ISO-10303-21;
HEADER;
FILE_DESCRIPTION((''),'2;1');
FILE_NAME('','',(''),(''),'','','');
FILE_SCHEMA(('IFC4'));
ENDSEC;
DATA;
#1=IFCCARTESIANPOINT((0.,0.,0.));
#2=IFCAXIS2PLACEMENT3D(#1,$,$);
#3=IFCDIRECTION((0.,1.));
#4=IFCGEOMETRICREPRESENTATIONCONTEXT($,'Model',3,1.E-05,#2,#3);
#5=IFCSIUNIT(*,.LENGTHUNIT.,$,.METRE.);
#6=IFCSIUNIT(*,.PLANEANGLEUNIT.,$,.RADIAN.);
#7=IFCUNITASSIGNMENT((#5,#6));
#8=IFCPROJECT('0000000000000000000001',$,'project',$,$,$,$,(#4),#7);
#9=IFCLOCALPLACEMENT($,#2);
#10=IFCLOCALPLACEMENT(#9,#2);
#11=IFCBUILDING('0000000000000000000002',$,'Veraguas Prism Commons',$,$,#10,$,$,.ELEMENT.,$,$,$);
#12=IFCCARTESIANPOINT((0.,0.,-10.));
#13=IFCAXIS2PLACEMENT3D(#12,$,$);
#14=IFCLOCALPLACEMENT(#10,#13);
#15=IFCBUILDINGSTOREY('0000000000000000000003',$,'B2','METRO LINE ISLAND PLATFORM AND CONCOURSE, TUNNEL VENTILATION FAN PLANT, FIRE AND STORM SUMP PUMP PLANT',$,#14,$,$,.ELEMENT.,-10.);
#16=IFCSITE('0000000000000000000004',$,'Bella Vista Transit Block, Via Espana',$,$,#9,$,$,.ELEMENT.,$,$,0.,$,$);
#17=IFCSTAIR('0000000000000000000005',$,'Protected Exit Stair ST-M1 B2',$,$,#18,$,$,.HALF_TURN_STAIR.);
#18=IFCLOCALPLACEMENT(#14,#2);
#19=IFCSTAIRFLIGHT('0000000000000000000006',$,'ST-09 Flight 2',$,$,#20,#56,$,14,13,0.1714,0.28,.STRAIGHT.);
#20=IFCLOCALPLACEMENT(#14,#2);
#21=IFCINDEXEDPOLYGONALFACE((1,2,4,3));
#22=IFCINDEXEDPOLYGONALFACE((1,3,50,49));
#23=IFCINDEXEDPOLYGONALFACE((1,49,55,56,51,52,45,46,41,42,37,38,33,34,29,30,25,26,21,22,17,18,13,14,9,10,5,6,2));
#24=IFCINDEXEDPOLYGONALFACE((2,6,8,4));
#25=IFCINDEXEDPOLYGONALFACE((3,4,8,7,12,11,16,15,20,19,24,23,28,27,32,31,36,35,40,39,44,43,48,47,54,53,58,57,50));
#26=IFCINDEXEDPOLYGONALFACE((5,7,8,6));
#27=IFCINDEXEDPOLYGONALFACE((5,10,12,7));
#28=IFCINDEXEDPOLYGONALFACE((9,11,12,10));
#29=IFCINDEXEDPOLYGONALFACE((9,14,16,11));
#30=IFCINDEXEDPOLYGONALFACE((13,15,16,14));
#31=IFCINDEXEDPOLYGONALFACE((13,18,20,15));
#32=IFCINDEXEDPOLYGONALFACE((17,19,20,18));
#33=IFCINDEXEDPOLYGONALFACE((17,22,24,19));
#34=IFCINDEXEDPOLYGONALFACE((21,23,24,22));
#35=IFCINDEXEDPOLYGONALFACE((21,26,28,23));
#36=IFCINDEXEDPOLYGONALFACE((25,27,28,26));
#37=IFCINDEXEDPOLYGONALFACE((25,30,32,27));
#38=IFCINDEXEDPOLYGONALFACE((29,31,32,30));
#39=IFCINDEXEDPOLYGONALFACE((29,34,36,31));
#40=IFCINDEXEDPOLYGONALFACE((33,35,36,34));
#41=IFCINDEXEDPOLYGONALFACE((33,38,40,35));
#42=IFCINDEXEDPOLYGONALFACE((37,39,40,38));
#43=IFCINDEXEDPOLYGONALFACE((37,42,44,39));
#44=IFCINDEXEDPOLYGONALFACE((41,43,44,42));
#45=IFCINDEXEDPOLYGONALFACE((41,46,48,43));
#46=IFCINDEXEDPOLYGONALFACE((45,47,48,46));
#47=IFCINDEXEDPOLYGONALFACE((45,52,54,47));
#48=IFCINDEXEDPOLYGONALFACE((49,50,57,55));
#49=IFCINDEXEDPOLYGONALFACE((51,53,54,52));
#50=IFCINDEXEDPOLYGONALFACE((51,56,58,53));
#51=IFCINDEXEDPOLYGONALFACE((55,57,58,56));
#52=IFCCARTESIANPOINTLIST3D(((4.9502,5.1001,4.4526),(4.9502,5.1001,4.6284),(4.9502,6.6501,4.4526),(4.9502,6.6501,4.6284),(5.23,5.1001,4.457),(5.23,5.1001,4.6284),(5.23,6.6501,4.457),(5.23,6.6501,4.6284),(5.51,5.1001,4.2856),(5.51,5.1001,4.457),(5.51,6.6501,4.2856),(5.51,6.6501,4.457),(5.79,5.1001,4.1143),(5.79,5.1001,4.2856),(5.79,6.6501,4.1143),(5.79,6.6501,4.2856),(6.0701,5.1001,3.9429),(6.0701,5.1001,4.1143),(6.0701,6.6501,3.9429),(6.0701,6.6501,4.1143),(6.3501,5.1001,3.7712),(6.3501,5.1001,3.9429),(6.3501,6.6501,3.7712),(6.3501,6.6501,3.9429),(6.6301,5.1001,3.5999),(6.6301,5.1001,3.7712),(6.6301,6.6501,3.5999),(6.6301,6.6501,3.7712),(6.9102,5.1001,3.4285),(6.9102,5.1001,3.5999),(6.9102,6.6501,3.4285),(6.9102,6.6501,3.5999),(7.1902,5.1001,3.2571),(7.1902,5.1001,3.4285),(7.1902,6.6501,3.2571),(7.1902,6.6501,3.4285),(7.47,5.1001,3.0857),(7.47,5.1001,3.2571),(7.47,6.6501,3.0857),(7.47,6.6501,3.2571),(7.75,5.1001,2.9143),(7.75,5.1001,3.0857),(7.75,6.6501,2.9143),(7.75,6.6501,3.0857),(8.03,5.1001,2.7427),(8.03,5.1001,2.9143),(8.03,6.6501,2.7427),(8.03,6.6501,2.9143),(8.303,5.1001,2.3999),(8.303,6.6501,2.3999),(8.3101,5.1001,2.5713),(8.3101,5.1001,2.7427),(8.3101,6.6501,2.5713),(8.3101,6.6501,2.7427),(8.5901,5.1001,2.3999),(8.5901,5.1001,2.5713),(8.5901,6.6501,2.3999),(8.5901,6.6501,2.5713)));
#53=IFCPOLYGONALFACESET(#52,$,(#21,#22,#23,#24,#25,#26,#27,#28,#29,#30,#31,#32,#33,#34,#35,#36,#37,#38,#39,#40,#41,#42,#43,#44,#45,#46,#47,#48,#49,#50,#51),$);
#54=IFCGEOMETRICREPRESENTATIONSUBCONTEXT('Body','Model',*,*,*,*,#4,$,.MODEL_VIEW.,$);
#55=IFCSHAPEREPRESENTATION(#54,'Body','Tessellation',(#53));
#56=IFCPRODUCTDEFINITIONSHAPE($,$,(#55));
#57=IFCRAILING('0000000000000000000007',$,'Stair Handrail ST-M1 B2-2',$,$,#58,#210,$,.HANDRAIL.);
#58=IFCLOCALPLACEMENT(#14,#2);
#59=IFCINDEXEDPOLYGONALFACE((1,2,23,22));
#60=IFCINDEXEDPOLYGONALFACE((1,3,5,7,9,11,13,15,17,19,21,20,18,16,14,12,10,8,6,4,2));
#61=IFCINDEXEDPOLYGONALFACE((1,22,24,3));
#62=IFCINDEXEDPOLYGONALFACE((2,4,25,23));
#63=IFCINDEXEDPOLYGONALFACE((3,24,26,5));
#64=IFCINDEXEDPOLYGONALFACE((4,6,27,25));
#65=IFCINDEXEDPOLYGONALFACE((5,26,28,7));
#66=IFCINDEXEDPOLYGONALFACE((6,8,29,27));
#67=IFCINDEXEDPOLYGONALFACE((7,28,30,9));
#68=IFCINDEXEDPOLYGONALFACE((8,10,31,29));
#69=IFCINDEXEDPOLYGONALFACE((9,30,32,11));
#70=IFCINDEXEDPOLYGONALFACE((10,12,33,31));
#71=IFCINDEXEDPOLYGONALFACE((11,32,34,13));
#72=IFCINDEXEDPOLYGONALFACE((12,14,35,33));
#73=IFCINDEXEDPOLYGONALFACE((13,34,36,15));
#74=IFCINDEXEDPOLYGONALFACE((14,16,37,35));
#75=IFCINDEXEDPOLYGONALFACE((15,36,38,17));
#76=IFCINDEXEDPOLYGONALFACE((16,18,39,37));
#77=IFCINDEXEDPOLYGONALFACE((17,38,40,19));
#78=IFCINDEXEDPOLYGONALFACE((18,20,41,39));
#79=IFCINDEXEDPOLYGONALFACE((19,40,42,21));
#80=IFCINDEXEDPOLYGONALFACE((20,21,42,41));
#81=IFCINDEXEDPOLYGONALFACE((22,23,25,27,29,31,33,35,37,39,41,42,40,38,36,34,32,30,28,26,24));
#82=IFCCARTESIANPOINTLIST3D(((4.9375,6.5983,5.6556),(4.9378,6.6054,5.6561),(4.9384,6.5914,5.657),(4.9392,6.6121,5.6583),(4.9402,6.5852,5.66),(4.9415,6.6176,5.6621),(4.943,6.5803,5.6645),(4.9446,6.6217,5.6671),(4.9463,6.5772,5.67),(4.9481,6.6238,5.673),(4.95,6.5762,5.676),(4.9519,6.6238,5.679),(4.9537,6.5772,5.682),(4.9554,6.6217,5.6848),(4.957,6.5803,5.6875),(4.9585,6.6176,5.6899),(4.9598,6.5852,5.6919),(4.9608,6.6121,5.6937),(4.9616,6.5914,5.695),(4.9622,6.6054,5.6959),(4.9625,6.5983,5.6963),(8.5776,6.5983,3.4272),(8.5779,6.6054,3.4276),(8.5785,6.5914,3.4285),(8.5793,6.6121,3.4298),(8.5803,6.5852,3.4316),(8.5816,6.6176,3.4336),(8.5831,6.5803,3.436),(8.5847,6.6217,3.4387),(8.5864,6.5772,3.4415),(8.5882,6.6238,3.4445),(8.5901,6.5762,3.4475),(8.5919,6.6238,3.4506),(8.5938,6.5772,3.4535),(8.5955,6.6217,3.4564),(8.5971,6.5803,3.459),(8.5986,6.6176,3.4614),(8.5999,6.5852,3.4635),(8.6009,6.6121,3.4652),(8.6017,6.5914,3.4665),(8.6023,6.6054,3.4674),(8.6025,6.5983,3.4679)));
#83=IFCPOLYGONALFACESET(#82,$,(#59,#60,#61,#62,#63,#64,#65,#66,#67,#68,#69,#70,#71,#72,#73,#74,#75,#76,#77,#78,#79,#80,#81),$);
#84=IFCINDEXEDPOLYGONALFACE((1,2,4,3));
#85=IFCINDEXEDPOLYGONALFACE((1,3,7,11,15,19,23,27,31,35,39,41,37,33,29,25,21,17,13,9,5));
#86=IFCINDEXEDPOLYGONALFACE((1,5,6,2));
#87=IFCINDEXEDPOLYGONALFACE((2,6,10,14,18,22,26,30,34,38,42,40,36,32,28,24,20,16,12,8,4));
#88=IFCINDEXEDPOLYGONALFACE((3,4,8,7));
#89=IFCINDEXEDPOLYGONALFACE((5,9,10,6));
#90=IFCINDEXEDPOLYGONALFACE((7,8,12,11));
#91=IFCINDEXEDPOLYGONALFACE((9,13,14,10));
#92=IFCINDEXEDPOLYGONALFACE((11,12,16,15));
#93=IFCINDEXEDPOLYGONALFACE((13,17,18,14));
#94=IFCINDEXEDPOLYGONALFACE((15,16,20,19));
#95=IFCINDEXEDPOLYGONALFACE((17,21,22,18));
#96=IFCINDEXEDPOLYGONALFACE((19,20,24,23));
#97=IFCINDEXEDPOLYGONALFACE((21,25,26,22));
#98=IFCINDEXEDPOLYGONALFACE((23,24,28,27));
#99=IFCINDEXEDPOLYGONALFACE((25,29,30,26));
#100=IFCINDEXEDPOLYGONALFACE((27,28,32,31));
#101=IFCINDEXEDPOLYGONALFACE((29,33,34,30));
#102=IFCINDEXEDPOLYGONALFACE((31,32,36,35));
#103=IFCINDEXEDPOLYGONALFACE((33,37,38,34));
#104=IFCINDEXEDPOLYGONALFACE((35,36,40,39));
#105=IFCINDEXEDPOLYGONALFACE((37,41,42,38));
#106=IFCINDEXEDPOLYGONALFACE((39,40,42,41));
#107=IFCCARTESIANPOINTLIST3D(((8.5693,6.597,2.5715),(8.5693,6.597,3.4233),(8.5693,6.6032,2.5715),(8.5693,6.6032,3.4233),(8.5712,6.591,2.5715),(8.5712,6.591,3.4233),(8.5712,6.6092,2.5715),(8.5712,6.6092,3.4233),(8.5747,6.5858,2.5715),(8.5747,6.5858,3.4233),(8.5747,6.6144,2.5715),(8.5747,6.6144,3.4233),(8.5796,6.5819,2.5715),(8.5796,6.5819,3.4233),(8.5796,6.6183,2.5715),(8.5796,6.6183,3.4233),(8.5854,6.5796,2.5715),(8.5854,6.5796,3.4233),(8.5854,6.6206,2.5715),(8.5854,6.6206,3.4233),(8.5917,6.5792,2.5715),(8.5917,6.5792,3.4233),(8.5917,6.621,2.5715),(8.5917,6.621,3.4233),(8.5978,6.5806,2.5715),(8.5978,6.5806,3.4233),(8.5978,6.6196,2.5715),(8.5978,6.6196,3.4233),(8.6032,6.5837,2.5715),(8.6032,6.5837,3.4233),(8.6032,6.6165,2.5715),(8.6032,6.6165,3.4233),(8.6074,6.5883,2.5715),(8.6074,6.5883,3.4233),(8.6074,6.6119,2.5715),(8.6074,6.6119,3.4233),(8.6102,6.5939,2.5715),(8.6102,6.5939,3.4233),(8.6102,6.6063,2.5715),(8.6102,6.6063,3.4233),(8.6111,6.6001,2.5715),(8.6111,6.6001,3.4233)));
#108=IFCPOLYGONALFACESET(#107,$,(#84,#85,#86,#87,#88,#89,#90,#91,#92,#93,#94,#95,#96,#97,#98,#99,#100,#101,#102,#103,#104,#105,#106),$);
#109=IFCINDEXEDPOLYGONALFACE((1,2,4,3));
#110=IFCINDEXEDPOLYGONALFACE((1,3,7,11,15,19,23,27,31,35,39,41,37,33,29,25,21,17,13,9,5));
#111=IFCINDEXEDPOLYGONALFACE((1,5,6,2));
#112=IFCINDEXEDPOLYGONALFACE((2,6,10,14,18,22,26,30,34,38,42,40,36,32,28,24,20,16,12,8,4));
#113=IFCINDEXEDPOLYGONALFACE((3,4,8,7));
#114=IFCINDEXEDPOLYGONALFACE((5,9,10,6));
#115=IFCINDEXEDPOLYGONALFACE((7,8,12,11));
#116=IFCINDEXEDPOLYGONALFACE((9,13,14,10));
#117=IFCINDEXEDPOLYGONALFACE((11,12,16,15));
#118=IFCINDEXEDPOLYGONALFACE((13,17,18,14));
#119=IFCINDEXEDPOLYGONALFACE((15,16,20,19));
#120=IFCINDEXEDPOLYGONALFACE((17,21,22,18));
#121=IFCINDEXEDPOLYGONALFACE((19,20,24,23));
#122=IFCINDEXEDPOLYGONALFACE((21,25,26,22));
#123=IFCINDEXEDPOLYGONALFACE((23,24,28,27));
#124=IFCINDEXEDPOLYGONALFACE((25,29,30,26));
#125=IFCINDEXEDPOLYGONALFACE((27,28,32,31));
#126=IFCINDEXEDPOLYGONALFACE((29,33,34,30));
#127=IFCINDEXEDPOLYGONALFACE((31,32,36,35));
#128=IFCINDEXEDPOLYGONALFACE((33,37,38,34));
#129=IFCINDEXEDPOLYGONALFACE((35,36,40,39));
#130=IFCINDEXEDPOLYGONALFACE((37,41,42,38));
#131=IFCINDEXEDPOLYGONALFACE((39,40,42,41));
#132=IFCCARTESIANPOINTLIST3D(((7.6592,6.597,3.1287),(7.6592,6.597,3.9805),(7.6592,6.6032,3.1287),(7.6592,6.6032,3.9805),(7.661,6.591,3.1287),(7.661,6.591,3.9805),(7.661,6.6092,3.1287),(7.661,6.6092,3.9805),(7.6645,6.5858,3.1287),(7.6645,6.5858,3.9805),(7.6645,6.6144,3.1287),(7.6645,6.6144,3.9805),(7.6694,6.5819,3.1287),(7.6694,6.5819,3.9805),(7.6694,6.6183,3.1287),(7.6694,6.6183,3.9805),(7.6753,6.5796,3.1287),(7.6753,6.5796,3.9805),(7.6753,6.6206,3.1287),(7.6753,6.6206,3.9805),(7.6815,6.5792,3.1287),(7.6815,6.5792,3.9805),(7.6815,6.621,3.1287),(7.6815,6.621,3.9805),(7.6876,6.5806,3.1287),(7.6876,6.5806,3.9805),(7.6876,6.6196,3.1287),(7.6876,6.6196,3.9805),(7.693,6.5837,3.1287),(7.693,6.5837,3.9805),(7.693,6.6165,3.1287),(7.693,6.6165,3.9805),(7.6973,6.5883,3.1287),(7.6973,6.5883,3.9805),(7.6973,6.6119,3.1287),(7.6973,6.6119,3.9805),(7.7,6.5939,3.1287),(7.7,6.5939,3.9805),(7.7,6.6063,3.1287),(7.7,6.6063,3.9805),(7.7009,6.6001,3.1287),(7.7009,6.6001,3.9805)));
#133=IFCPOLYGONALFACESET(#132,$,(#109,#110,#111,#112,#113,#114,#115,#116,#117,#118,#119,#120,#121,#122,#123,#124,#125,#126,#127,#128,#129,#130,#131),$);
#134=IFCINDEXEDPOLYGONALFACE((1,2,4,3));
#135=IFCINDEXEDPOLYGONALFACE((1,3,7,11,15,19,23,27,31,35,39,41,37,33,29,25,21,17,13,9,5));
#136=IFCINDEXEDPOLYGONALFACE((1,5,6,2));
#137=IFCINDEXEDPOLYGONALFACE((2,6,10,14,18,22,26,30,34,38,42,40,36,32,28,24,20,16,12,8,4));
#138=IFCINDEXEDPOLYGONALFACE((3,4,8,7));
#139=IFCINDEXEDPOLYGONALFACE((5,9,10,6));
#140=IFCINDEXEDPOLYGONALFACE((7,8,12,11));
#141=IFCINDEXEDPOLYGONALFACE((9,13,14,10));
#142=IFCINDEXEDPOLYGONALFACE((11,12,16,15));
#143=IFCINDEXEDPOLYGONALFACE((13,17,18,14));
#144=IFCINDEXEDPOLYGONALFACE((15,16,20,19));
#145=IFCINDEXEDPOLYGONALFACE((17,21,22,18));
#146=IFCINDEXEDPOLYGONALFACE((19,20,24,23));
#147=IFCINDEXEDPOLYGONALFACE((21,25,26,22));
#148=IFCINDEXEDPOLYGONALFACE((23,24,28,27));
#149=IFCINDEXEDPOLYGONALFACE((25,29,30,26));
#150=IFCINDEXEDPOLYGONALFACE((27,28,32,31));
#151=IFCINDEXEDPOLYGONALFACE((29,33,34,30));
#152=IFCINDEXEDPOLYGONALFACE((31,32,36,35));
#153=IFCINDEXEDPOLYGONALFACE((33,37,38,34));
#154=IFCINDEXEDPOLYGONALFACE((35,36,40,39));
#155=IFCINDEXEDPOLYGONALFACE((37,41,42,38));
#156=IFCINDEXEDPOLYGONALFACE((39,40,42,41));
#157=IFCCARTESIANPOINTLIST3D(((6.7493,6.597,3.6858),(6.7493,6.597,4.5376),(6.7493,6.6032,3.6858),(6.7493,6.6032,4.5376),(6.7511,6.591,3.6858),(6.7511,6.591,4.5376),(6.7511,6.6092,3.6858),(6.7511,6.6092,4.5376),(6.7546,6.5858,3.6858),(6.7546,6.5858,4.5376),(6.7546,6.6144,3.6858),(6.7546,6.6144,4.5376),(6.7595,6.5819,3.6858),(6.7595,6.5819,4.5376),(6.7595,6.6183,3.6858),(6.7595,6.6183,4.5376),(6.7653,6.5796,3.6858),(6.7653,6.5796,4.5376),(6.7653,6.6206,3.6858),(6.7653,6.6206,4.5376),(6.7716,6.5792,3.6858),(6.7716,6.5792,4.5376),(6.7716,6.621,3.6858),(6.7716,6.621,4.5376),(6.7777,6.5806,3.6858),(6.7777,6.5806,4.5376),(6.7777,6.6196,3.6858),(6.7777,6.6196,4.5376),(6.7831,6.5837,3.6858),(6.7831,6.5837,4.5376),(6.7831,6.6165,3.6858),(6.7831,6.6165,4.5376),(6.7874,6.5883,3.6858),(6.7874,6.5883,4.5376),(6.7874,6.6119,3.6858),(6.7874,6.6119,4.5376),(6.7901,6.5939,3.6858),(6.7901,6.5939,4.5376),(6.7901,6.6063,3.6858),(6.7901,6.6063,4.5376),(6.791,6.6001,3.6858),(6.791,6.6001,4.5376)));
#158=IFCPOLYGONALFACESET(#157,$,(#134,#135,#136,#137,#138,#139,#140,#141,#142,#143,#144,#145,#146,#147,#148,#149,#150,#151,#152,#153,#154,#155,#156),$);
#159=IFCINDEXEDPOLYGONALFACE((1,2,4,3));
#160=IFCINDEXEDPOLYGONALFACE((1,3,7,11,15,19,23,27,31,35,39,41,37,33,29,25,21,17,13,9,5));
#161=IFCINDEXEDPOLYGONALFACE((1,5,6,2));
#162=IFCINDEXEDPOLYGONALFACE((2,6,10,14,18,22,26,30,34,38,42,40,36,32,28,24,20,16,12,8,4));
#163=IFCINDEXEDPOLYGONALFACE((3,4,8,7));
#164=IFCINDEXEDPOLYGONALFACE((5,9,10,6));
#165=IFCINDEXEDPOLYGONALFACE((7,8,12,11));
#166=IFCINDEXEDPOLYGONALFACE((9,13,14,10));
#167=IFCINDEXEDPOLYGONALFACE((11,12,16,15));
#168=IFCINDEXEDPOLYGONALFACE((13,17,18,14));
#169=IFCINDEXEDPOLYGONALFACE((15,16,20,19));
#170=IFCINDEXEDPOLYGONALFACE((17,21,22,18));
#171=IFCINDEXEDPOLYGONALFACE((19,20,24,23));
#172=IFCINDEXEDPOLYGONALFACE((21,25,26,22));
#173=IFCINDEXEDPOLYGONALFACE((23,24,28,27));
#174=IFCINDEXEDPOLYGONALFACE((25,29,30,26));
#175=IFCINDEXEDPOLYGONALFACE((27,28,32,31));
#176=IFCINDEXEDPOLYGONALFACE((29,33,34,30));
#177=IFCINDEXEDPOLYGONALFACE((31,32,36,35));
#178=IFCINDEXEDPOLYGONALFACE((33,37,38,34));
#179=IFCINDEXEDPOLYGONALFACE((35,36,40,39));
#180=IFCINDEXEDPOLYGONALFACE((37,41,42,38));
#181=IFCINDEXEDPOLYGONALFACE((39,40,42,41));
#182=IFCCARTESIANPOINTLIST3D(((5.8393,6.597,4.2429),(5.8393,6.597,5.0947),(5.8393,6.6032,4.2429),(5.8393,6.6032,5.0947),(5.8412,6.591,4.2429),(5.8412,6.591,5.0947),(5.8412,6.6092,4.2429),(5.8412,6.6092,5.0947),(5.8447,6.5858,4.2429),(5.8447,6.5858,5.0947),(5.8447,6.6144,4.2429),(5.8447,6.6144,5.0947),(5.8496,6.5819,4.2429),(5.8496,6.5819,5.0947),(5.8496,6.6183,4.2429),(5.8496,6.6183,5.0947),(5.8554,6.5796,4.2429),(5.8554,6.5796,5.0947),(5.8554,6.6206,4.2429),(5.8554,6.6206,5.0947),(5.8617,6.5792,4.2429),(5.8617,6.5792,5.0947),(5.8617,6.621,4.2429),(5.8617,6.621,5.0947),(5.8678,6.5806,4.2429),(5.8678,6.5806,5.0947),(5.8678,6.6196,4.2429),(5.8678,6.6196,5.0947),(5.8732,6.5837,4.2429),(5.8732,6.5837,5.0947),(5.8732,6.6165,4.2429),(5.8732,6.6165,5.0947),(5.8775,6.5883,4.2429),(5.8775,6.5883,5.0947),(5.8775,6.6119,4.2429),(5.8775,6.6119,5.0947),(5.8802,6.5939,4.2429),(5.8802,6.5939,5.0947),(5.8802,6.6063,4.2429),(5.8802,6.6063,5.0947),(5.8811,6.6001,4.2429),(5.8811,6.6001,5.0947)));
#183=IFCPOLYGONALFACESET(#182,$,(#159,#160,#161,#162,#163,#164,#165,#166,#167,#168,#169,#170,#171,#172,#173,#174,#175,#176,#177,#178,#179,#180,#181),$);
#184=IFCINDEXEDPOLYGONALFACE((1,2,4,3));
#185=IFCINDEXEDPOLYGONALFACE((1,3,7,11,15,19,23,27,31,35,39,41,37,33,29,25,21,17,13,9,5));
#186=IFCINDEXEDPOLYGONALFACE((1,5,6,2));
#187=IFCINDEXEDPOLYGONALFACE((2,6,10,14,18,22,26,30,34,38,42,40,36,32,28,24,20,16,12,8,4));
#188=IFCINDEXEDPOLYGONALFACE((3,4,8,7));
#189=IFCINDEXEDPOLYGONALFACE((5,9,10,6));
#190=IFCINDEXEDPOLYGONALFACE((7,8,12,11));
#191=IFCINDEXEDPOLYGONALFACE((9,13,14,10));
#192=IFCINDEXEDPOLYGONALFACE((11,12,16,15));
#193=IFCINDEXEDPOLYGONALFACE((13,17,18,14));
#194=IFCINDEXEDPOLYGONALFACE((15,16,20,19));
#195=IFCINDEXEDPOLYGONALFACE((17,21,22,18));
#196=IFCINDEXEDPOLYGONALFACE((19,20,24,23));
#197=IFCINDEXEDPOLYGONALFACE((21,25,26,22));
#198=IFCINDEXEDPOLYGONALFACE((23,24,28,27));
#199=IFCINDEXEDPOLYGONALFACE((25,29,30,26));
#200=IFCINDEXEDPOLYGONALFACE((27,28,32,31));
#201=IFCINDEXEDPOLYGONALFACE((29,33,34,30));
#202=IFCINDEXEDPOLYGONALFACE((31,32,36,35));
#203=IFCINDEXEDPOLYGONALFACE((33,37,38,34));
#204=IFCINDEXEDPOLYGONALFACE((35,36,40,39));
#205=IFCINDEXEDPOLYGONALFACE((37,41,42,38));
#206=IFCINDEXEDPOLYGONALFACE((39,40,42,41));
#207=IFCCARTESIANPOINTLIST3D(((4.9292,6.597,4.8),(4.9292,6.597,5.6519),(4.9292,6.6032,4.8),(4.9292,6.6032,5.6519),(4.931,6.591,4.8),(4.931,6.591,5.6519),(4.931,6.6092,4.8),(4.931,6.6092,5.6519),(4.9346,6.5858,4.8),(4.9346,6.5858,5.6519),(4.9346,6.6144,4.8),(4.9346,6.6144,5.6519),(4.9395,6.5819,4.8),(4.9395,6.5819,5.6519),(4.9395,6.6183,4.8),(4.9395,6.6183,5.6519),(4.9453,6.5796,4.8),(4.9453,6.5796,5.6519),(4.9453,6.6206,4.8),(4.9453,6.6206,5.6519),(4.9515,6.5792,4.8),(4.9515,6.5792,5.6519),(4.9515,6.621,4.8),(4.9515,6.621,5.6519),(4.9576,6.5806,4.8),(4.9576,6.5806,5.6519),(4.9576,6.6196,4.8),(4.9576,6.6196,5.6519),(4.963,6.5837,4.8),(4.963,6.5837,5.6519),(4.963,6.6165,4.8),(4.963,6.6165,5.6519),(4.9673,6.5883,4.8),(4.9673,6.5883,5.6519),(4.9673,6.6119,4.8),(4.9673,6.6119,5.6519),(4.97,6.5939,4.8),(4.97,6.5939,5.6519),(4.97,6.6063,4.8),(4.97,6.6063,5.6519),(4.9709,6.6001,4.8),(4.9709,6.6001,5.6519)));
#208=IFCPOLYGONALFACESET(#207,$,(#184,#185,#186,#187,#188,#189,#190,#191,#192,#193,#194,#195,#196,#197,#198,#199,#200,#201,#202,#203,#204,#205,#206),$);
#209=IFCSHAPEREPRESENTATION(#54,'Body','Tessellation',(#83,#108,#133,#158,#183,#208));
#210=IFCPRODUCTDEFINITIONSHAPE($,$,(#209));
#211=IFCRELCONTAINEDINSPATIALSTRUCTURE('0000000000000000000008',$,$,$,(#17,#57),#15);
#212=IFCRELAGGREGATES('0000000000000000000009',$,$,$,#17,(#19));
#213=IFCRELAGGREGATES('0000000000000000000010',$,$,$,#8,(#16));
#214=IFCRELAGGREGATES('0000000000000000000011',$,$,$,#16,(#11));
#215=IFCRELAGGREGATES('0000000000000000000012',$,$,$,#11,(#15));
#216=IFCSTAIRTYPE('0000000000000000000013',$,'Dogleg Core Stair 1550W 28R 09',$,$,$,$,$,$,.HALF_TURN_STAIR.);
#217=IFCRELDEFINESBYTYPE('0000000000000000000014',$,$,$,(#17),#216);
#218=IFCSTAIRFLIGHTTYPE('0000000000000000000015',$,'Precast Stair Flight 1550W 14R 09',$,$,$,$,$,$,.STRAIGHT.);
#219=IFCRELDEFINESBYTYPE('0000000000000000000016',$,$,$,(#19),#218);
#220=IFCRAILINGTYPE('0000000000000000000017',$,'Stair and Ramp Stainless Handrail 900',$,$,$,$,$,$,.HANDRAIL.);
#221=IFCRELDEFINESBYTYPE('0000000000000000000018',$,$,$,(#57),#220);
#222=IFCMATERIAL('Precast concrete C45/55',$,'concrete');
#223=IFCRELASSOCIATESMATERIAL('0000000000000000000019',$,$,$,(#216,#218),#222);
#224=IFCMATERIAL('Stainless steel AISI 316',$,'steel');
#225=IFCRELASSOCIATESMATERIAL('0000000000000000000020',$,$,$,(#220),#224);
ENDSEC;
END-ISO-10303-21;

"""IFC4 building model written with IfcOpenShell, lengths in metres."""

from ifc_helpers import new_model, si_unit, direction, frame, origin, origin_2d, place, context, subcontext, project, spatial, polyline, circle, outline, extrude, material, type_object, element, aggregate, save


model = new_model("IFC4")

# Units and contexts
model_context = context("Model", 3, precision=1e-05, world=origin(), true_north=direction((0.0, 1.0)))
body_context = subcontext(model_context, "Body", "Model", "MODEL_VIEW")
ifc_project = project(units=[si_unit("LENGTHUNIT", "METRE"), si_unit("PLANEANGLEUNIT", "RADIAN")], contexts=[model_context])

# Site, building, storey
site_placement = place(None, origin())
site = spatial("IfcSite", under=ifc_project, at=site_placement, Name="Bella Vista Transit Block, Via Espana", CompositionType="ELEMENT", RefElevation=0.0)
building_placement = place(site_placement, origin())
building = spatial("IfcBuilding", under=site, at=building_placement, Name="Veraguas Prism Commons", CompositionType="ELEMENT")
storey_placement = place(building_placement, frame((0.0, 0.0, -10.0)))
storey = spatial("IfcBuildingStorey", under=building, at=storey_placement, Name="B2", Description="METRO LINE ISLAND PLATFORM AND CONCOURSE, TUNNEL VENTILATION FAN PLANT, FIRE AND STORM SUMP PUMP PLANT", CompositionType="ELEMENT", Elevation=-10.0)

# Stair, stair flight
ifc_material_1 = material(Name="Precast concrete C45/55", Category="concrete")
stair_type = type_object("IfcStairType", Name="Dogleg Core Stair 1550W 28R 09", PredefinedType="HALF_TURN_STAIR", material=ifc_material_1)
stair_placement = place(storey_placement, origin())
stair = element("IfcStair", 1, at=stair_placement, inside=storey, type_object=stair_type, Name="Protected Exit Stair ST-M1 B2", PredefinedType="HALF_TURN_STAIR")
stair_flight_type = type_object("IfcStairFlightType", Name="Precast Stair Flight 1550W 14R 09", PredefinedType="STRAIGHT", material=ifc_material_1)
stair_flight_1_placement = place(storey_placement, frame((8.5901, 5.875, 2.3999), z_axis=(0.0, 0.0, 1.0), x_axis=(-1.0, 0.0, 0.0)))
stair_flight_1 = element("IfcStairFlight", 2, at=stair_flight_1_placement, type_object=stair_flight_type, Name="ST-09 Flight 2", NumberOfRisers=14, NumberOfTreads=13, PredefinedType="STRAIGHT", RiserHeight=0.1714, TreadLength=0.28, context=body_context, shape_type="SweptSolid", body=[
    extrude(outline(polyline([(0.0, 0.0), (0.0, 0.1714), (0.28, 0.1714), (0.28, 0.3428), (0.5601, 0.3428), (0.5601, 0.5144), (0.8401, 0.5144), (0.8401, 0.6858), (1.1201, 0.6858), (1.1201, 0.8572), (1.3999, 0.8572), (1.3999, 1.0286), (1.6799, 1.0286), (1.6799, 1.2), (1.96, 1.2), (1.96, 1.3713), (2.24, 1.3713), (2.24, 1.543), (2.52, 1.543), (2.52, 1.7144), (2.8, 1.7144), (2.8, 1.8857), (3.0801, 1.8857), (3.0801, 2.0571), (3.3601, 2.0571), (3.3601, 2.2285), (3.6399, 2.2285), (3.6399, 2.3999), (3.6399, 2.0527), (0.2871, 0.0), (0.0, 0.0)])), frame((0.0, 0.7749, 0.0), z_axis=(0.0, -1.0, 0.0), x_axis=(1.0, 0.0, 0.0)), (0.0, 0.0, 1.0), 1.55),
])
aggregate(stair, [stair_flight_1])

# Railing
ifc_material_2 = material(Name="Stainless steel AISI 316", Category="steel")
railing_type_1 = type_object("IfcRailingType", Name="Stair and Ramp Stainless Handrail 900", PredefinedType="HANDRAIL", material=ifc_material_2)
railing_1_placement = place(storey_placement, frame((8.5901, 6.6001, 2.5715)))
element("IfcRailing", 3, at=railing_1_placement, inside=storey, type_object=railing_type_1, Name="Stair Handrail ST-M1 B2-2", PredefinedType="HANDRAIL", context=body_context, shape_type="SweptSolid", body=[
    extrude(circle(Radius=0.0239, at=origin_2d()), frame((0.0, 0.0, 0.876), z_axis=(-0.852866, 0.0, 0.52213), x_axis=(0.0, -1.0, 0.0)), (0.0, 0.0, 1.0), 4.2681),
    extrude(circle(Radius=0.021, at=origin_2d()), origin(), (0.0, 0.0, 1.0), 0.8518),
    extrude(circle(Radius=0.021, at=origin_2d()), frame((-0.9102, 0.0, 0.5571)), (0.0, 0.0, 1.0), 0.8518),
    extrude(circle(Radius=0.021, at=origin_2d()), frame((-1.8201, 0.0, 1.1143)), (0.0, 0.0, 1.0), 0.8518),
    extrude(circle(Radius=0.021, at=origin_2d()), frame((-2.73, 0.0, 1.6714)), (0.0, 0.0, 1.0), 0.8518),
    extrude(circle(Radius=0.021, at=origin_2d()), frame((-3.6401, 0.0, 2.2285)), (0.0, 0.0, 1.0), 0.8518),
])

save(model, "model.ifc")
